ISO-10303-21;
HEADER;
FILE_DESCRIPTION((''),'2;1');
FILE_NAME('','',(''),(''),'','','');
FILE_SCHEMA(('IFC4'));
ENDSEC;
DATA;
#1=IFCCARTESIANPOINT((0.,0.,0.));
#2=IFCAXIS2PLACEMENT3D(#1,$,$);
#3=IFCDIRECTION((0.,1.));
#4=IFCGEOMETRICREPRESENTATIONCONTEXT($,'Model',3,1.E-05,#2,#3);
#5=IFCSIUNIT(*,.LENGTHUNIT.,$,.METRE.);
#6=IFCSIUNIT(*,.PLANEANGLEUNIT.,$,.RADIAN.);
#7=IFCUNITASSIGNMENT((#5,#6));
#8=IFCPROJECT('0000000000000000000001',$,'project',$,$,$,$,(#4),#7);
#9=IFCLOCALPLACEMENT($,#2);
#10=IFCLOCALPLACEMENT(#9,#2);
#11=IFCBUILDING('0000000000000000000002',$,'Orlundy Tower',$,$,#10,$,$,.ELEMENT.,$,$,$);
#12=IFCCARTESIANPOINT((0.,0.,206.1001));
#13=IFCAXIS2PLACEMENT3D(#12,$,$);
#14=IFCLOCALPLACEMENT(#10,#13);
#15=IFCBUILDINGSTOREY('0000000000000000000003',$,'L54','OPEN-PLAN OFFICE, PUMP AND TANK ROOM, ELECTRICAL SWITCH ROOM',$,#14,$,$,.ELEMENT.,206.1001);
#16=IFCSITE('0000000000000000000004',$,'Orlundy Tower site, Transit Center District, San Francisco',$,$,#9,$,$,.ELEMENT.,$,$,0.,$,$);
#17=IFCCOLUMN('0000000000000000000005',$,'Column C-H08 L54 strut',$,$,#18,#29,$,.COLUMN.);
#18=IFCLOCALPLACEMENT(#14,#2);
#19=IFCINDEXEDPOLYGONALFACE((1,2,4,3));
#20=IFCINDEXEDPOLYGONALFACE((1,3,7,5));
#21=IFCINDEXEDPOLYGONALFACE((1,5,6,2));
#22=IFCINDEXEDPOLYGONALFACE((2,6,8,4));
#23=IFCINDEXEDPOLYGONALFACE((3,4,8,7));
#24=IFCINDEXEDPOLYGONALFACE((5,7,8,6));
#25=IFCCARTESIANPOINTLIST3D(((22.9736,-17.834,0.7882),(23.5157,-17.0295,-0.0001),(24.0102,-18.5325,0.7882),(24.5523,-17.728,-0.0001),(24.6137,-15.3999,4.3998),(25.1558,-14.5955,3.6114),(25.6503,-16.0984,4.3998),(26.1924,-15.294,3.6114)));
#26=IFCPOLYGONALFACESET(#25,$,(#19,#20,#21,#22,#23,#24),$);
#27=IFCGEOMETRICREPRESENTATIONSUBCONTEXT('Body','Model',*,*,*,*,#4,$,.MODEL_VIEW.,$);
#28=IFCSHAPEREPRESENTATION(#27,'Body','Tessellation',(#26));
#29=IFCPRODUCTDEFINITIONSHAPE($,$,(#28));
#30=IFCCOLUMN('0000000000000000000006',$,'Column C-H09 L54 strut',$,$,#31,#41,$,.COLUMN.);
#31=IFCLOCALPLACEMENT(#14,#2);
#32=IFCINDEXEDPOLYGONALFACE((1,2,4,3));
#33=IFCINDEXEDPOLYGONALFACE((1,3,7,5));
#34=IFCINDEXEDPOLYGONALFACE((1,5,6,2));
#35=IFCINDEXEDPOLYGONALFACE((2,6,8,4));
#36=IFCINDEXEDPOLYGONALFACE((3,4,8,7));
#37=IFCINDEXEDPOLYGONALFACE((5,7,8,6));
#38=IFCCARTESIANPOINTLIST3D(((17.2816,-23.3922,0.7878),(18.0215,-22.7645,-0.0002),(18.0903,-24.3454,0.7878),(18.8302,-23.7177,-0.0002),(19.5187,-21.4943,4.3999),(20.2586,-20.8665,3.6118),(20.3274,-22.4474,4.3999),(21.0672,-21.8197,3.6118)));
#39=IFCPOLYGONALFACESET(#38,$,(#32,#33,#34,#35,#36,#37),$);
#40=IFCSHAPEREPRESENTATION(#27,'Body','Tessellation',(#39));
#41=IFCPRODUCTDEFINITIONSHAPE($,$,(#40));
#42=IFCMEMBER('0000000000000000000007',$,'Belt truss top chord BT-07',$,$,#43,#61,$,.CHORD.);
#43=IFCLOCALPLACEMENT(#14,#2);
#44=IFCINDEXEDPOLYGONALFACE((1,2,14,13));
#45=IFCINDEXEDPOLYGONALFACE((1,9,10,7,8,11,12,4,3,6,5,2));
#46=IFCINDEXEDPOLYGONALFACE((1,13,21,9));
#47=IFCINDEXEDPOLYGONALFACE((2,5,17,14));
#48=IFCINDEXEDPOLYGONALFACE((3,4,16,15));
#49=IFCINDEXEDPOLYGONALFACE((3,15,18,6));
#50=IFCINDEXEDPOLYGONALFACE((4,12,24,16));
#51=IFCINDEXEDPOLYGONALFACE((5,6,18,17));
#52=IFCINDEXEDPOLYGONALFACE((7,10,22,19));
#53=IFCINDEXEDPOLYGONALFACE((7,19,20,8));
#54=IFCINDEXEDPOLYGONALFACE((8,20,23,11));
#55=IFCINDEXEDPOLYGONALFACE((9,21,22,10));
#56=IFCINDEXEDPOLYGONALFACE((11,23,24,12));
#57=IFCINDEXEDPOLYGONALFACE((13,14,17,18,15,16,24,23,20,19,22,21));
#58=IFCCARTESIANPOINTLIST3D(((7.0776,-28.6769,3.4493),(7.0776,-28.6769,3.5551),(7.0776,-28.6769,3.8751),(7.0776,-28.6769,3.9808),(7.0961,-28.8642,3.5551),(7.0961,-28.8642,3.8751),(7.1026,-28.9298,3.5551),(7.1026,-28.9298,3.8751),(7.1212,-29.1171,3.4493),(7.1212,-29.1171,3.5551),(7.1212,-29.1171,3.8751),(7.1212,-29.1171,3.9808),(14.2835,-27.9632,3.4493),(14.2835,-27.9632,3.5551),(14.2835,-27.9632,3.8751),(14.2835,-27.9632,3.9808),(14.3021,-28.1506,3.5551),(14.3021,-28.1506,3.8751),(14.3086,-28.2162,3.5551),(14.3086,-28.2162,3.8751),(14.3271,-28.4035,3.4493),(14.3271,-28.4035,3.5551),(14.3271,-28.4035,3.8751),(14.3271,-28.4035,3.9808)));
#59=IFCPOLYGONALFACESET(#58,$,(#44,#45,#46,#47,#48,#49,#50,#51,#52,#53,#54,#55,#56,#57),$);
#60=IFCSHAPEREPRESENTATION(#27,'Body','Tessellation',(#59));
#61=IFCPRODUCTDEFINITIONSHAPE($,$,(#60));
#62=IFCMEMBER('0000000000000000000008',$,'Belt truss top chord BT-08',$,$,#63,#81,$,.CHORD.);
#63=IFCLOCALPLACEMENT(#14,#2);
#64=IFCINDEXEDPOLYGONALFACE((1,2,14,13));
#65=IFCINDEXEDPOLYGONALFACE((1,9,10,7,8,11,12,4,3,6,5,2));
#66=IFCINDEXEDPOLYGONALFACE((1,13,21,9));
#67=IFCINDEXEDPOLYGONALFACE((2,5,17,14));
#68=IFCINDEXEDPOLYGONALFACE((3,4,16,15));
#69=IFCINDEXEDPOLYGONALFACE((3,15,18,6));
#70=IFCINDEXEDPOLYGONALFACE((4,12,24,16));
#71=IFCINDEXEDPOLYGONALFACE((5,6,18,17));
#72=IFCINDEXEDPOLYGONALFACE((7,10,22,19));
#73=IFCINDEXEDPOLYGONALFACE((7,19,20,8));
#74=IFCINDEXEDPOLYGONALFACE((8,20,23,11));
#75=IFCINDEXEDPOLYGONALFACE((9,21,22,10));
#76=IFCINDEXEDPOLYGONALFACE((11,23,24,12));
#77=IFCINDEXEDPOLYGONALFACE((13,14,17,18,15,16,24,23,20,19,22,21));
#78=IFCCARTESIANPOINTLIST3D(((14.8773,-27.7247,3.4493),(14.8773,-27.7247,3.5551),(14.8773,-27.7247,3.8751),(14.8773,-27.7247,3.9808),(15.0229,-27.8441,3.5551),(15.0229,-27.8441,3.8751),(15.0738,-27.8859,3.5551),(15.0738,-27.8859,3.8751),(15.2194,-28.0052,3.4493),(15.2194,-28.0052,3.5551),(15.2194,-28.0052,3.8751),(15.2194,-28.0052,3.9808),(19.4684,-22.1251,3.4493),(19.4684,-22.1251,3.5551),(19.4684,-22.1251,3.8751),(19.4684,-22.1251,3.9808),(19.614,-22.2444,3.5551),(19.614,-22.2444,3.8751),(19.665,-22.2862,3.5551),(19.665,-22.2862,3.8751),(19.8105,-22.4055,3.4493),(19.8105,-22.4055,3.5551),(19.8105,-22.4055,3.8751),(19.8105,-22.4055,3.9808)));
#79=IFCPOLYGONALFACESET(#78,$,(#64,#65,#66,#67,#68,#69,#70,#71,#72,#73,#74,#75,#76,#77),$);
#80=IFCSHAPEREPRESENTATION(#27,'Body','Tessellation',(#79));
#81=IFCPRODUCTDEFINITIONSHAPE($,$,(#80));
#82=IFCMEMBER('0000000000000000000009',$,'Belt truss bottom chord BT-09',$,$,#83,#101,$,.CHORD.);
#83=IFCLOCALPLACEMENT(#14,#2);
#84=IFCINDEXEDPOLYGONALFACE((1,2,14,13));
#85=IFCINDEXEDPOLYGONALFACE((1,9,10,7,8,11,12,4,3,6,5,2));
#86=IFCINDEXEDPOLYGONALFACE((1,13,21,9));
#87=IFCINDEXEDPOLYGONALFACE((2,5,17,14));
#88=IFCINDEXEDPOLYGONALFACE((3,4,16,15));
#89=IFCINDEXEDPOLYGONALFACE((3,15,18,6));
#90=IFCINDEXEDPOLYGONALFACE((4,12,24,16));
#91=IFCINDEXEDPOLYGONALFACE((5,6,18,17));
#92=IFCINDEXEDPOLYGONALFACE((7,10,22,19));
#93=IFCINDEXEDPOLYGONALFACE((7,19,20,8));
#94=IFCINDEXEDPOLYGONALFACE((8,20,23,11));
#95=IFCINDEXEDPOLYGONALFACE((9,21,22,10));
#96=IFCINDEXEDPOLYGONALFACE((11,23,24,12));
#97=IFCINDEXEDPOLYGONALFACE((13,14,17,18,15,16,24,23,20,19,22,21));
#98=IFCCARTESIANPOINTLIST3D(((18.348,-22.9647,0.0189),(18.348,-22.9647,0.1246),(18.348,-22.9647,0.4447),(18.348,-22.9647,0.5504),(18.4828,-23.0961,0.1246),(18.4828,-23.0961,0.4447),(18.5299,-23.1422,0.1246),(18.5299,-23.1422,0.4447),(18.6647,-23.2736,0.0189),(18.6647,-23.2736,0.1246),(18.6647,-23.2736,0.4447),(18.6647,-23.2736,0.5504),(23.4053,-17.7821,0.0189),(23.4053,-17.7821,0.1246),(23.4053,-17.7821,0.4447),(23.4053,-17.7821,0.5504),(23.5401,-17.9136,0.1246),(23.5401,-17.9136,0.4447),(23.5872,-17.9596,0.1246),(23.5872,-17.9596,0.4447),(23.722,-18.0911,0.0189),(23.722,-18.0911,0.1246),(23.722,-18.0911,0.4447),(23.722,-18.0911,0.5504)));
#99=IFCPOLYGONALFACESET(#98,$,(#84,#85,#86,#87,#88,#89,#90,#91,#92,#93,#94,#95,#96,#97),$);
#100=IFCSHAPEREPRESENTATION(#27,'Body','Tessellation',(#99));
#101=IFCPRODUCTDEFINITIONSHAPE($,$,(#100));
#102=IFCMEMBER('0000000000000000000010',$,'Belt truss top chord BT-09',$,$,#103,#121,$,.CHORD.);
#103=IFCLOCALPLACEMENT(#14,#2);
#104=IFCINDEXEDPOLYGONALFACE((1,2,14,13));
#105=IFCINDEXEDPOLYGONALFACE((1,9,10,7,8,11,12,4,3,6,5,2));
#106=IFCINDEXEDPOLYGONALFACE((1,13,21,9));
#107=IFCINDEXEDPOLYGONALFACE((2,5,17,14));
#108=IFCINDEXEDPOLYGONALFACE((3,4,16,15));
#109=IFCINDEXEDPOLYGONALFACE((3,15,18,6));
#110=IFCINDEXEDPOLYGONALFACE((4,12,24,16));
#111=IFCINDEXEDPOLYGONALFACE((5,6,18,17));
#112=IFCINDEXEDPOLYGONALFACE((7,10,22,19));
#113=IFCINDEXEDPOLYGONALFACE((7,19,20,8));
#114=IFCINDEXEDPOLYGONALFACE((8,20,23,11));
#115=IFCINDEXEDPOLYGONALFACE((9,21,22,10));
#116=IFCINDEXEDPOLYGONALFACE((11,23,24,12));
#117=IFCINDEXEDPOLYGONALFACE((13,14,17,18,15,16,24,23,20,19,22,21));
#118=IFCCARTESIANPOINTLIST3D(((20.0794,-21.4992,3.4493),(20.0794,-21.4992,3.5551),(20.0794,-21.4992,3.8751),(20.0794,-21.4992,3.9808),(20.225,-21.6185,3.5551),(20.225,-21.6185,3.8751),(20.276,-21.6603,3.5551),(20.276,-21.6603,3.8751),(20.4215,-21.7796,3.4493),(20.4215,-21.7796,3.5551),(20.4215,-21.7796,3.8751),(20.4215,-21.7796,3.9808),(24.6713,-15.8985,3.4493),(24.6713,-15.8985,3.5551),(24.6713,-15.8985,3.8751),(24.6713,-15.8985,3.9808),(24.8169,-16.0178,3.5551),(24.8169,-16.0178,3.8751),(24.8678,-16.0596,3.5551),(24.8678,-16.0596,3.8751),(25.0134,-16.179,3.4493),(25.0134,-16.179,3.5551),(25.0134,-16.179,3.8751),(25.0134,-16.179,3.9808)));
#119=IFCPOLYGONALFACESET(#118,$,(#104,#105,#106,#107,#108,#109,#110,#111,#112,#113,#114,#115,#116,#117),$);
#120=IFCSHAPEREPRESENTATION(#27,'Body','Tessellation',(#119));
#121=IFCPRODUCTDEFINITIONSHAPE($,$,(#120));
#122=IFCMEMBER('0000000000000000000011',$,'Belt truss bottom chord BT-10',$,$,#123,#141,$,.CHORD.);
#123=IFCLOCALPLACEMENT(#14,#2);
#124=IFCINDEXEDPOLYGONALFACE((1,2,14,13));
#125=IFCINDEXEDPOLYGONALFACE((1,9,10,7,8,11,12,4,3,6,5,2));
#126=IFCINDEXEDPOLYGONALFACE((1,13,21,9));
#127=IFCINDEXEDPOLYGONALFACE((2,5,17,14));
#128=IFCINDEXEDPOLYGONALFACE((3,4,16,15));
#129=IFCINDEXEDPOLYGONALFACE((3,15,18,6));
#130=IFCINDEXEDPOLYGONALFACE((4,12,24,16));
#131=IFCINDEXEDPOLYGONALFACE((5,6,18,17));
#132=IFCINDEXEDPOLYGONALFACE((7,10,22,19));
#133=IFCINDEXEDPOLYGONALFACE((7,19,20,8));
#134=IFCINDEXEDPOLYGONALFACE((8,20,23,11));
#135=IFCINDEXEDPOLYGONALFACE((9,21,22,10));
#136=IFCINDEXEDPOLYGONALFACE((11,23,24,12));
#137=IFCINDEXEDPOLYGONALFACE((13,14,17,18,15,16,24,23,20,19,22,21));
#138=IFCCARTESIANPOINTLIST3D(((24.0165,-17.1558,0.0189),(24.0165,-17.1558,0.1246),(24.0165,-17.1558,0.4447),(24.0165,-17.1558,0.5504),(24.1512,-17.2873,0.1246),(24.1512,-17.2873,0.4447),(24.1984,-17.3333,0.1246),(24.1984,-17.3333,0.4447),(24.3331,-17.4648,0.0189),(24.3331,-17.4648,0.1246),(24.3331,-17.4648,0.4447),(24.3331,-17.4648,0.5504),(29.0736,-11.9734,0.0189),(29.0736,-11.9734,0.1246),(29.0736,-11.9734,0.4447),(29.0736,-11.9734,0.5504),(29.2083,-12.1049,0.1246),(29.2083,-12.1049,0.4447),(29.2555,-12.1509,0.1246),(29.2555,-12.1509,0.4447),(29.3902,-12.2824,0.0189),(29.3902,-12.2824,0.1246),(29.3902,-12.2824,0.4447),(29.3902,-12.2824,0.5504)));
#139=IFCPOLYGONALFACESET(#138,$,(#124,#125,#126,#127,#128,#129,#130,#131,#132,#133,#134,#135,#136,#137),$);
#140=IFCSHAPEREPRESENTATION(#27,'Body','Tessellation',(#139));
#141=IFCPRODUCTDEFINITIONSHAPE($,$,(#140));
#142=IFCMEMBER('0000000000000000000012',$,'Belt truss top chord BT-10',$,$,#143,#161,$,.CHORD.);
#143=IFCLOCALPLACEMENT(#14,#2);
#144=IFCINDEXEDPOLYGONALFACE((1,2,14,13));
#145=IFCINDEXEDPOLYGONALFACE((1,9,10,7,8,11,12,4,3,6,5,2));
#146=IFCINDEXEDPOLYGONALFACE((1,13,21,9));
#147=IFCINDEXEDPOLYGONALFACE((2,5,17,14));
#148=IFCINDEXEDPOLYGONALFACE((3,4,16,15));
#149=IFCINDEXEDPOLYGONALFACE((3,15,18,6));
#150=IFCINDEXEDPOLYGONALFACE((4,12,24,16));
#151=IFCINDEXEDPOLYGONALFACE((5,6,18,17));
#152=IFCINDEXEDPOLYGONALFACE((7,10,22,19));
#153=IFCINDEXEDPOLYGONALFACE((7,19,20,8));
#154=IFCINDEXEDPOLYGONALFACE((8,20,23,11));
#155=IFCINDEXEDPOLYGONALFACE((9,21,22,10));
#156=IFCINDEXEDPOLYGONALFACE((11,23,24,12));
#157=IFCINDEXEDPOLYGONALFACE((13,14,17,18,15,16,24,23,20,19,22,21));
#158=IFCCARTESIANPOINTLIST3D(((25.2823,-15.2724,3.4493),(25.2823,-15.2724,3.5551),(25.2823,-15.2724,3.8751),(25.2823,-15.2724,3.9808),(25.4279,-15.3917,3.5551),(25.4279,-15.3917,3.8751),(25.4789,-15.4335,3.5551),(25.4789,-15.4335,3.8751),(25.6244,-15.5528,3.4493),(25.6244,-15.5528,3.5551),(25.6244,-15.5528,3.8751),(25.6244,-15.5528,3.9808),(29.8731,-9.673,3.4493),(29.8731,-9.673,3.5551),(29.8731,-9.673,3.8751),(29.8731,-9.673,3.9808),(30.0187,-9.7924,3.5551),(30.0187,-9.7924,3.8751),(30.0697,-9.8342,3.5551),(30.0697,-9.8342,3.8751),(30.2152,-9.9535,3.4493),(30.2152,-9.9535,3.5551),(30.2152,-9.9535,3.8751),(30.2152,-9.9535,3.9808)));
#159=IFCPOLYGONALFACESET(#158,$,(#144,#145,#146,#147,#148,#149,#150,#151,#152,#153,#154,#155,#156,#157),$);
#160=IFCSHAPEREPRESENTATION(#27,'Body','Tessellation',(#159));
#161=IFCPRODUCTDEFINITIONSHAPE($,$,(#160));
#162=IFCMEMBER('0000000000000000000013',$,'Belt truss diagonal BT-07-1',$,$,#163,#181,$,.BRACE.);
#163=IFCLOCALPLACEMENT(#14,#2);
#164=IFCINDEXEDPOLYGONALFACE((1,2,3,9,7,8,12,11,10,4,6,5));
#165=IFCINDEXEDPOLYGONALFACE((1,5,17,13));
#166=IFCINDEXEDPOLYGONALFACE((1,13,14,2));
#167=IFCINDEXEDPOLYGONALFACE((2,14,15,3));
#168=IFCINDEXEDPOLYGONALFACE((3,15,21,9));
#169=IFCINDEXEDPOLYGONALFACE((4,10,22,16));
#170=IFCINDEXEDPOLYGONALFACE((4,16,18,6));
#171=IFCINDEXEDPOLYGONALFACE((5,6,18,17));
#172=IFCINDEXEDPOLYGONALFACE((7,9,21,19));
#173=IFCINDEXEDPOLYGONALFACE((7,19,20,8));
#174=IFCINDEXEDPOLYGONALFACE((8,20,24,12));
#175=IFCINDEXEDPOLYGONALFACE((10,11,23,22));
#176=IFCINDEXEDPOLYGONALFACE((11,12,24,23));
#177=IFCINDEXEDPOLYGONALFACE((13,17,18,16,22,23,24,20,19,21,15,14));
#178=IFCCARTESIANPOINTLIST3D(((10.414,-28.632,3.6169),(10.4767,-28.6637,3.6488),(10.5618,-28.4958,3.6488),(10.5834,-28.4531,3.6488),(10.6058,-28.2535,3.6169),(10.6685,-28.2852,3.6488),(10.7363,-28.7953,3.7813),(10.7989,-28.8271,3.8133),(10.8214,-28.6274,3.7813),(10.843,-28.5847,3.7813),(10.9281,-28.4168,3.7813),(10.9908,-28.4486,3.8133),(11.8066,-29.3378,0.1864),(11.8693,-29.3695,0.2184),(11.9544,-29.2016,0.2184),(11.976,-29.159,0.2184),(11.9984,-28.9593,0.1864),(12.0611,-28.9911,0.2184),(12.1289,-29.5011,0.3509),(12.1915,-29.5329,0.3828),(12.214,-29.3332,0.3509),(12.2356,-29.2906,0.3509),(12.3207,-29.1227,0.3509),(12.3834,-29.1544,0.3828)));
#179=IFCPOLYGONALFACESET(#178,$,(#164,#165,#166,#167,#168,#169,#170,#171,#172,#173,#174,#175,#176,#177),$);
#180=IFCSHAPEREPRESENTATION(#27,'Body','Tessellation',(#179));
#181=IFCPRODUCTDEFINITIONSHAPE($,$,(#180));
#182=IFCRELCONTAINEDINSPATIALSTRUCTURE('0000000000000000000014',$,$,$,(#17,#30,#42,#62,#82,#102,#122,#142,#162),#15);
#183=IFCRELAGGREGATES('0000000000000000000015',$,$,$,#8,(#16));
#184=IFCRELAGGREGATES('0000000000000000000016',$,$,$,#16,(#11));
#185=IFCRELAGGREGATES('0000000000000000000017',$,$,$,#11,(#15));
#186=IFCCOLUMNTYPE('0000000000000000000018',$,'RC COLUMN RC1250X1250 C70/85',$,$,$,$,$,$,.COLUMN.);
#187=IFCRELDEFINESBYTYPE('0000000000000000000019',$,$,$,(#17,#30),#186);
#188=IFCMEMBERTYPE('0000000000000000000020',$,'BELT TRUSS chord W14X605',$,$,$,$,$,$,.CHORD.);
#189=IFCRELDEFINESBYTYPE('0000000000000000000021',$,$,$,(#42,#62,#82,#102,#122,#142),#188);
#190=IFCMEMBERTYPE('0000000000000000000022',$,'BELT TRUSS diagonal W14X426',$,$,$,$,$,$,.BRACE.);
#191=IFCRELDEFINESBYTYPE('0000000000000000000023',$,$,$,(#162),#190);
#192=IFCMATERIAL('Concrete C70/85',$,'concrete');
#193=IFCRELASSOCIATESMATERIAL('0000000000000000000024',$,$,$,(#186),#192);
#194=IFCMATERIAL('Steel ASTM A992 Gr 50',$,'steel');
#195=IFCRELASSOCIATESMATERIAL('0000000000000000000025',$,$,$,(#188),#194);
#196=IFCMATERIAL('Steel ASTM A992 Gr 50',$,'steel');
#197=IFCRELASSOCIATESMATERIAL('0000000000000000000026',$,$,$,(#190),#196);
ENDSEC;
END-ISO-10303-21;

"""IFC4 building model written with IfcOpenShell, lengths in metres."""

from ifc_helpers import new_model, si_unit, direction, frame, origin, origin_2d, place, context, subcontext, project, spatial, rectangle, i_section, extrude, material, material_profile, profile_set, type_object, element, save


model = new_model("IFC4")

# Units and contexts
model_context = context("Model", 3, precision=1e-05, world=origin(), true_north=direction((0.0, 1.0)))
body_context = subcontext(model_context, "Body", "Model", "MODEL_VIEW")
ifc_project = project(units=[si_unit("LENGTHUNIT", "METRE"), si_unit("PLANEANGLEUNIT", "RADIAN")], contexts=[model_context])

# Site, building, storey
site_placement = place(None, origin())
site = spatial("IfcSite", under=ifc_project, at=site_placement, Name="Orlundy Tower site, Transit Center District, San Francisco", CompositionType="ELEMENT", RefElevation=0.0)
building_placement = place(site_placement, origin())
building = spatial("IfcBuilding", under=site, at=building_placement, Name="Orlundy Tower", CompositionType="ELEMENT")
storey_placement = place(building_placement, frame((0.0, 0.0, 206.1001)))
storey = spatial("IfcBuildingStorey", under=building, at=storey_placement, Name="L54", Description="OPEN-PLAN OFFICE, PUMP AND TANK ROOM, ELECTRICAL SWITCH ROOM", CompositionType="ELEMENT", Elevation=206.1001)

# Columns
ifc_material_1 = material(Name="Concrete C70/85", Category="concrete")
ifc_material_profile_1 = material_profile(ifc_material_1, rectangle(XDim=1.25, YDim=1.25, at=origin_2d()), Name="RC1250X1250")
ifc_profile_set_1 = profile_set([ifc_material_profile_1], Name="Concrete C70/85")
column_type = type_object("IfcColumnType", Name="RC COLUMN RC1250X1250 C70/85", PredefinedType="COLUMN", material=ifc_profile_set_1)
column_1_placement = place(storey_placement, frame((23.7629, -17.781, 0.394), z_axis=(0.352426, 0.523026, 0.776041), x_axis=(-0.829302, 0.558801, 0.0)))
element("IfcColumn", 1, at=column_1_placement, inside=storey, type_object=column_type, Name="Column C-H08 L54 strut", PredefinedType="COLUMN", context=body_context, shape_type="SweptSolid", body=[
    extrude(rectangle(XDim=1.25, YDim=1.25, at=origin_2d()), origin(), (0.0, 0.0, 1.0), 4.6538),
])
column_2_placement = place(storey_placement, frame((18.0559, -23.5549, 0.3938), z_axis=(0.480742, 0.407868, 0.776229), x_axis=(-0.646945, 0.762537, 0.0)))
element("IfcColumn", 2, at=column_2_placement, inside=storey, type_object=column_type, Name="Column C-H09 L54 strut", PredefinedType="COLUMN", context=body_context, shape_type="SweptSolid", body=[
    extrude(rectangle(XDim=1.25, YDim=1.25, at=origin_2d()), origin(), (0.0, 0.0, 1.0), 4.6533),
])

# Members
ifc_material_2 = material(Name="Steel ASTM A992 Gr 50", Category="steel")
ifc_material_profile_2 = material_profile(ifc_material_2, i_section(OverallWidth=0.4424, OverallDepth=0.5315, WebThickness=0.0659, FlangeThickness=0.1057, at=origin_2d()), Name="W14X605")
ifc_profile_set_2 = profile_set([ifc_material_profile_2], Name="Steel ASTM A992 Gr 50")
member_type_1 = type_object("IfcMemberType", Name="BELT TRUSS chord W14X605", PredefinedType="CHORD", material=ifc_profile_set_2)
for number, where, z_axis, x_axis, name in (
    (3, (7.0994, -28.897, 3.7151), (0.995132, 0.098549, 0.0), (-0.098549, 0.995132, 0.0), "Belt truss top chord BT-07"),
    (4, (15.0483, -27.865, 3.7151), (0.634029, 0.773309, 0.0), (-0.773309, 0.634029, 0.0), "Belt truss top chord BT-08"),
    (5, (18.5063, -23.1191, 0.2847), (0.698406, 0.715702, 0.0), (-0.715702, 0.698406, 0.0), "Belt truss bottom chord BT-09"),
):
    element("IfcMember", number, at=place(storey_placement, frame(where, z_axis=z_axis, x_axis=x_axis)), inside=storey, type_object=member_type_1, Name=name, PredefinedType="CHORD", context=body_context, shape_type="SweptSolid", body=[
        extrude(i_section(OverallWidth=0.4424, OverallDepth=0.5315, WebThickness=0.0659, FlangeThickness=0.1057, at=origin_2d()), origin(), (0.0, 0.0, 1.0), 7.2412),
    ])
member_1_placement = place(storey_placement, frame((20.2505, -21.6394, 3.7151), z_axis=(0.634023, 0.773314, 0.0), x_axis=(-0.773314, 0.634023, 0.0)))
element("IfcMember", 6, at=member_1_placement, inside=storey, type_object=member_type_1, Name="Belt truss top chord BT-09", PredefinedType="CHORD", context=body_context, shape_type="SweptSolid", body=[
    extrude(i_section(OverallWidth=0.4424, OverallDepth=0.5315, WebThickness=0.0659, FlangeThickness=0.1057, at=origin_2d()), origin(), (0.0, 0.0, 1.0), 7.2424),
])
member_2_placement = place(storey_placement, frame((24.1748, -17.3103, 0.2847), z_axis=(0.698406, 0.715702, 0.0), x_axis=(-0.715702, 0.698406, 0.0)))
element("IfcMember", 7, at=member_2_placement, inside=storey, type_object=member_type_1, Name="Belt truss bottom chord BT-10", PredefinedType="CHORD", context=body_context, shape_type="SweptSolid", body=[
    extrude(i_section(OverallWidth=0.4424, OverallDepth=0.5315, WebThickness=0.0659, FlangeThickness=0.1057, at=origin_2d()), origin(), (0.0, 0.0, 1.0), 7.241),
])
member_3_placement = place(storey_placement, frame((25.4534, -15.4126, 3.7151), z_axis=(0.634025, 0.773312, 0.0), x_axis=(-0.773312, 0.634025, 0.0)))
element("IfcMember", 8, at=member_3_placement, inside=storey, type_object=member_type_1, Name="Belt truss top chord BT-10", PredefinedType="CHORD", context=body_context, shape_type="SweptSolid", body=[
    extrude(i_section(OverallWidth=0.4424, OverallDepth=0.5315, WebThickness=0.0659, FlangeThickness=0.1057, at=origin_2d()), origin(), (0.0, 0.0, 1.0), 7.2407),
])
ifc_material_3 = material(Name="Steel ASTM A992 Gr 50", Category="steel")
ifc_material_profile_3 = material_profile(ifc_material_3, i_section(OverallWidth=0.4243, OverallDepth=0.4741, WebThickness=0.0479, FlangeThickness=0.0771, at=origin_2d()), Name="W14X426")
ifc_profile_set_3 = profile_set([ifc_material_profile_3], Name="Steel ASTM A992 Gr 50")
member_type_2 = type_object("IfcMemberType", Name="BELT TRUSS diagonal W14X426", PredefinedType="BRACE", material=ifc_profile_set_3)
member_4_placement = place(storey_placement, frame((10.7024, -28.5403, 3.7151), z_axis=(0.369484, -0.187268, -0.910172), x_axis=(0.452086, 0.891974, 0.0)))
element("IfcMember", 9, at=member_4_placement, inside=storey, type_object=member_type_2, Name="Belt truss diagonal BT-07-1", PredefinedType="BRACE", context=body_context, shape_type="SweptSolid", body=[
    extrude(i_section(OverallWidth=0.4243, OverallDepth=0.4741, WebThickness=0.0479, FlangeThickness=0.0771, at=origin_2d()), origin(), (0.0, 0.0, 1.0), 3.769),
])

save(model, "model.ifc")
